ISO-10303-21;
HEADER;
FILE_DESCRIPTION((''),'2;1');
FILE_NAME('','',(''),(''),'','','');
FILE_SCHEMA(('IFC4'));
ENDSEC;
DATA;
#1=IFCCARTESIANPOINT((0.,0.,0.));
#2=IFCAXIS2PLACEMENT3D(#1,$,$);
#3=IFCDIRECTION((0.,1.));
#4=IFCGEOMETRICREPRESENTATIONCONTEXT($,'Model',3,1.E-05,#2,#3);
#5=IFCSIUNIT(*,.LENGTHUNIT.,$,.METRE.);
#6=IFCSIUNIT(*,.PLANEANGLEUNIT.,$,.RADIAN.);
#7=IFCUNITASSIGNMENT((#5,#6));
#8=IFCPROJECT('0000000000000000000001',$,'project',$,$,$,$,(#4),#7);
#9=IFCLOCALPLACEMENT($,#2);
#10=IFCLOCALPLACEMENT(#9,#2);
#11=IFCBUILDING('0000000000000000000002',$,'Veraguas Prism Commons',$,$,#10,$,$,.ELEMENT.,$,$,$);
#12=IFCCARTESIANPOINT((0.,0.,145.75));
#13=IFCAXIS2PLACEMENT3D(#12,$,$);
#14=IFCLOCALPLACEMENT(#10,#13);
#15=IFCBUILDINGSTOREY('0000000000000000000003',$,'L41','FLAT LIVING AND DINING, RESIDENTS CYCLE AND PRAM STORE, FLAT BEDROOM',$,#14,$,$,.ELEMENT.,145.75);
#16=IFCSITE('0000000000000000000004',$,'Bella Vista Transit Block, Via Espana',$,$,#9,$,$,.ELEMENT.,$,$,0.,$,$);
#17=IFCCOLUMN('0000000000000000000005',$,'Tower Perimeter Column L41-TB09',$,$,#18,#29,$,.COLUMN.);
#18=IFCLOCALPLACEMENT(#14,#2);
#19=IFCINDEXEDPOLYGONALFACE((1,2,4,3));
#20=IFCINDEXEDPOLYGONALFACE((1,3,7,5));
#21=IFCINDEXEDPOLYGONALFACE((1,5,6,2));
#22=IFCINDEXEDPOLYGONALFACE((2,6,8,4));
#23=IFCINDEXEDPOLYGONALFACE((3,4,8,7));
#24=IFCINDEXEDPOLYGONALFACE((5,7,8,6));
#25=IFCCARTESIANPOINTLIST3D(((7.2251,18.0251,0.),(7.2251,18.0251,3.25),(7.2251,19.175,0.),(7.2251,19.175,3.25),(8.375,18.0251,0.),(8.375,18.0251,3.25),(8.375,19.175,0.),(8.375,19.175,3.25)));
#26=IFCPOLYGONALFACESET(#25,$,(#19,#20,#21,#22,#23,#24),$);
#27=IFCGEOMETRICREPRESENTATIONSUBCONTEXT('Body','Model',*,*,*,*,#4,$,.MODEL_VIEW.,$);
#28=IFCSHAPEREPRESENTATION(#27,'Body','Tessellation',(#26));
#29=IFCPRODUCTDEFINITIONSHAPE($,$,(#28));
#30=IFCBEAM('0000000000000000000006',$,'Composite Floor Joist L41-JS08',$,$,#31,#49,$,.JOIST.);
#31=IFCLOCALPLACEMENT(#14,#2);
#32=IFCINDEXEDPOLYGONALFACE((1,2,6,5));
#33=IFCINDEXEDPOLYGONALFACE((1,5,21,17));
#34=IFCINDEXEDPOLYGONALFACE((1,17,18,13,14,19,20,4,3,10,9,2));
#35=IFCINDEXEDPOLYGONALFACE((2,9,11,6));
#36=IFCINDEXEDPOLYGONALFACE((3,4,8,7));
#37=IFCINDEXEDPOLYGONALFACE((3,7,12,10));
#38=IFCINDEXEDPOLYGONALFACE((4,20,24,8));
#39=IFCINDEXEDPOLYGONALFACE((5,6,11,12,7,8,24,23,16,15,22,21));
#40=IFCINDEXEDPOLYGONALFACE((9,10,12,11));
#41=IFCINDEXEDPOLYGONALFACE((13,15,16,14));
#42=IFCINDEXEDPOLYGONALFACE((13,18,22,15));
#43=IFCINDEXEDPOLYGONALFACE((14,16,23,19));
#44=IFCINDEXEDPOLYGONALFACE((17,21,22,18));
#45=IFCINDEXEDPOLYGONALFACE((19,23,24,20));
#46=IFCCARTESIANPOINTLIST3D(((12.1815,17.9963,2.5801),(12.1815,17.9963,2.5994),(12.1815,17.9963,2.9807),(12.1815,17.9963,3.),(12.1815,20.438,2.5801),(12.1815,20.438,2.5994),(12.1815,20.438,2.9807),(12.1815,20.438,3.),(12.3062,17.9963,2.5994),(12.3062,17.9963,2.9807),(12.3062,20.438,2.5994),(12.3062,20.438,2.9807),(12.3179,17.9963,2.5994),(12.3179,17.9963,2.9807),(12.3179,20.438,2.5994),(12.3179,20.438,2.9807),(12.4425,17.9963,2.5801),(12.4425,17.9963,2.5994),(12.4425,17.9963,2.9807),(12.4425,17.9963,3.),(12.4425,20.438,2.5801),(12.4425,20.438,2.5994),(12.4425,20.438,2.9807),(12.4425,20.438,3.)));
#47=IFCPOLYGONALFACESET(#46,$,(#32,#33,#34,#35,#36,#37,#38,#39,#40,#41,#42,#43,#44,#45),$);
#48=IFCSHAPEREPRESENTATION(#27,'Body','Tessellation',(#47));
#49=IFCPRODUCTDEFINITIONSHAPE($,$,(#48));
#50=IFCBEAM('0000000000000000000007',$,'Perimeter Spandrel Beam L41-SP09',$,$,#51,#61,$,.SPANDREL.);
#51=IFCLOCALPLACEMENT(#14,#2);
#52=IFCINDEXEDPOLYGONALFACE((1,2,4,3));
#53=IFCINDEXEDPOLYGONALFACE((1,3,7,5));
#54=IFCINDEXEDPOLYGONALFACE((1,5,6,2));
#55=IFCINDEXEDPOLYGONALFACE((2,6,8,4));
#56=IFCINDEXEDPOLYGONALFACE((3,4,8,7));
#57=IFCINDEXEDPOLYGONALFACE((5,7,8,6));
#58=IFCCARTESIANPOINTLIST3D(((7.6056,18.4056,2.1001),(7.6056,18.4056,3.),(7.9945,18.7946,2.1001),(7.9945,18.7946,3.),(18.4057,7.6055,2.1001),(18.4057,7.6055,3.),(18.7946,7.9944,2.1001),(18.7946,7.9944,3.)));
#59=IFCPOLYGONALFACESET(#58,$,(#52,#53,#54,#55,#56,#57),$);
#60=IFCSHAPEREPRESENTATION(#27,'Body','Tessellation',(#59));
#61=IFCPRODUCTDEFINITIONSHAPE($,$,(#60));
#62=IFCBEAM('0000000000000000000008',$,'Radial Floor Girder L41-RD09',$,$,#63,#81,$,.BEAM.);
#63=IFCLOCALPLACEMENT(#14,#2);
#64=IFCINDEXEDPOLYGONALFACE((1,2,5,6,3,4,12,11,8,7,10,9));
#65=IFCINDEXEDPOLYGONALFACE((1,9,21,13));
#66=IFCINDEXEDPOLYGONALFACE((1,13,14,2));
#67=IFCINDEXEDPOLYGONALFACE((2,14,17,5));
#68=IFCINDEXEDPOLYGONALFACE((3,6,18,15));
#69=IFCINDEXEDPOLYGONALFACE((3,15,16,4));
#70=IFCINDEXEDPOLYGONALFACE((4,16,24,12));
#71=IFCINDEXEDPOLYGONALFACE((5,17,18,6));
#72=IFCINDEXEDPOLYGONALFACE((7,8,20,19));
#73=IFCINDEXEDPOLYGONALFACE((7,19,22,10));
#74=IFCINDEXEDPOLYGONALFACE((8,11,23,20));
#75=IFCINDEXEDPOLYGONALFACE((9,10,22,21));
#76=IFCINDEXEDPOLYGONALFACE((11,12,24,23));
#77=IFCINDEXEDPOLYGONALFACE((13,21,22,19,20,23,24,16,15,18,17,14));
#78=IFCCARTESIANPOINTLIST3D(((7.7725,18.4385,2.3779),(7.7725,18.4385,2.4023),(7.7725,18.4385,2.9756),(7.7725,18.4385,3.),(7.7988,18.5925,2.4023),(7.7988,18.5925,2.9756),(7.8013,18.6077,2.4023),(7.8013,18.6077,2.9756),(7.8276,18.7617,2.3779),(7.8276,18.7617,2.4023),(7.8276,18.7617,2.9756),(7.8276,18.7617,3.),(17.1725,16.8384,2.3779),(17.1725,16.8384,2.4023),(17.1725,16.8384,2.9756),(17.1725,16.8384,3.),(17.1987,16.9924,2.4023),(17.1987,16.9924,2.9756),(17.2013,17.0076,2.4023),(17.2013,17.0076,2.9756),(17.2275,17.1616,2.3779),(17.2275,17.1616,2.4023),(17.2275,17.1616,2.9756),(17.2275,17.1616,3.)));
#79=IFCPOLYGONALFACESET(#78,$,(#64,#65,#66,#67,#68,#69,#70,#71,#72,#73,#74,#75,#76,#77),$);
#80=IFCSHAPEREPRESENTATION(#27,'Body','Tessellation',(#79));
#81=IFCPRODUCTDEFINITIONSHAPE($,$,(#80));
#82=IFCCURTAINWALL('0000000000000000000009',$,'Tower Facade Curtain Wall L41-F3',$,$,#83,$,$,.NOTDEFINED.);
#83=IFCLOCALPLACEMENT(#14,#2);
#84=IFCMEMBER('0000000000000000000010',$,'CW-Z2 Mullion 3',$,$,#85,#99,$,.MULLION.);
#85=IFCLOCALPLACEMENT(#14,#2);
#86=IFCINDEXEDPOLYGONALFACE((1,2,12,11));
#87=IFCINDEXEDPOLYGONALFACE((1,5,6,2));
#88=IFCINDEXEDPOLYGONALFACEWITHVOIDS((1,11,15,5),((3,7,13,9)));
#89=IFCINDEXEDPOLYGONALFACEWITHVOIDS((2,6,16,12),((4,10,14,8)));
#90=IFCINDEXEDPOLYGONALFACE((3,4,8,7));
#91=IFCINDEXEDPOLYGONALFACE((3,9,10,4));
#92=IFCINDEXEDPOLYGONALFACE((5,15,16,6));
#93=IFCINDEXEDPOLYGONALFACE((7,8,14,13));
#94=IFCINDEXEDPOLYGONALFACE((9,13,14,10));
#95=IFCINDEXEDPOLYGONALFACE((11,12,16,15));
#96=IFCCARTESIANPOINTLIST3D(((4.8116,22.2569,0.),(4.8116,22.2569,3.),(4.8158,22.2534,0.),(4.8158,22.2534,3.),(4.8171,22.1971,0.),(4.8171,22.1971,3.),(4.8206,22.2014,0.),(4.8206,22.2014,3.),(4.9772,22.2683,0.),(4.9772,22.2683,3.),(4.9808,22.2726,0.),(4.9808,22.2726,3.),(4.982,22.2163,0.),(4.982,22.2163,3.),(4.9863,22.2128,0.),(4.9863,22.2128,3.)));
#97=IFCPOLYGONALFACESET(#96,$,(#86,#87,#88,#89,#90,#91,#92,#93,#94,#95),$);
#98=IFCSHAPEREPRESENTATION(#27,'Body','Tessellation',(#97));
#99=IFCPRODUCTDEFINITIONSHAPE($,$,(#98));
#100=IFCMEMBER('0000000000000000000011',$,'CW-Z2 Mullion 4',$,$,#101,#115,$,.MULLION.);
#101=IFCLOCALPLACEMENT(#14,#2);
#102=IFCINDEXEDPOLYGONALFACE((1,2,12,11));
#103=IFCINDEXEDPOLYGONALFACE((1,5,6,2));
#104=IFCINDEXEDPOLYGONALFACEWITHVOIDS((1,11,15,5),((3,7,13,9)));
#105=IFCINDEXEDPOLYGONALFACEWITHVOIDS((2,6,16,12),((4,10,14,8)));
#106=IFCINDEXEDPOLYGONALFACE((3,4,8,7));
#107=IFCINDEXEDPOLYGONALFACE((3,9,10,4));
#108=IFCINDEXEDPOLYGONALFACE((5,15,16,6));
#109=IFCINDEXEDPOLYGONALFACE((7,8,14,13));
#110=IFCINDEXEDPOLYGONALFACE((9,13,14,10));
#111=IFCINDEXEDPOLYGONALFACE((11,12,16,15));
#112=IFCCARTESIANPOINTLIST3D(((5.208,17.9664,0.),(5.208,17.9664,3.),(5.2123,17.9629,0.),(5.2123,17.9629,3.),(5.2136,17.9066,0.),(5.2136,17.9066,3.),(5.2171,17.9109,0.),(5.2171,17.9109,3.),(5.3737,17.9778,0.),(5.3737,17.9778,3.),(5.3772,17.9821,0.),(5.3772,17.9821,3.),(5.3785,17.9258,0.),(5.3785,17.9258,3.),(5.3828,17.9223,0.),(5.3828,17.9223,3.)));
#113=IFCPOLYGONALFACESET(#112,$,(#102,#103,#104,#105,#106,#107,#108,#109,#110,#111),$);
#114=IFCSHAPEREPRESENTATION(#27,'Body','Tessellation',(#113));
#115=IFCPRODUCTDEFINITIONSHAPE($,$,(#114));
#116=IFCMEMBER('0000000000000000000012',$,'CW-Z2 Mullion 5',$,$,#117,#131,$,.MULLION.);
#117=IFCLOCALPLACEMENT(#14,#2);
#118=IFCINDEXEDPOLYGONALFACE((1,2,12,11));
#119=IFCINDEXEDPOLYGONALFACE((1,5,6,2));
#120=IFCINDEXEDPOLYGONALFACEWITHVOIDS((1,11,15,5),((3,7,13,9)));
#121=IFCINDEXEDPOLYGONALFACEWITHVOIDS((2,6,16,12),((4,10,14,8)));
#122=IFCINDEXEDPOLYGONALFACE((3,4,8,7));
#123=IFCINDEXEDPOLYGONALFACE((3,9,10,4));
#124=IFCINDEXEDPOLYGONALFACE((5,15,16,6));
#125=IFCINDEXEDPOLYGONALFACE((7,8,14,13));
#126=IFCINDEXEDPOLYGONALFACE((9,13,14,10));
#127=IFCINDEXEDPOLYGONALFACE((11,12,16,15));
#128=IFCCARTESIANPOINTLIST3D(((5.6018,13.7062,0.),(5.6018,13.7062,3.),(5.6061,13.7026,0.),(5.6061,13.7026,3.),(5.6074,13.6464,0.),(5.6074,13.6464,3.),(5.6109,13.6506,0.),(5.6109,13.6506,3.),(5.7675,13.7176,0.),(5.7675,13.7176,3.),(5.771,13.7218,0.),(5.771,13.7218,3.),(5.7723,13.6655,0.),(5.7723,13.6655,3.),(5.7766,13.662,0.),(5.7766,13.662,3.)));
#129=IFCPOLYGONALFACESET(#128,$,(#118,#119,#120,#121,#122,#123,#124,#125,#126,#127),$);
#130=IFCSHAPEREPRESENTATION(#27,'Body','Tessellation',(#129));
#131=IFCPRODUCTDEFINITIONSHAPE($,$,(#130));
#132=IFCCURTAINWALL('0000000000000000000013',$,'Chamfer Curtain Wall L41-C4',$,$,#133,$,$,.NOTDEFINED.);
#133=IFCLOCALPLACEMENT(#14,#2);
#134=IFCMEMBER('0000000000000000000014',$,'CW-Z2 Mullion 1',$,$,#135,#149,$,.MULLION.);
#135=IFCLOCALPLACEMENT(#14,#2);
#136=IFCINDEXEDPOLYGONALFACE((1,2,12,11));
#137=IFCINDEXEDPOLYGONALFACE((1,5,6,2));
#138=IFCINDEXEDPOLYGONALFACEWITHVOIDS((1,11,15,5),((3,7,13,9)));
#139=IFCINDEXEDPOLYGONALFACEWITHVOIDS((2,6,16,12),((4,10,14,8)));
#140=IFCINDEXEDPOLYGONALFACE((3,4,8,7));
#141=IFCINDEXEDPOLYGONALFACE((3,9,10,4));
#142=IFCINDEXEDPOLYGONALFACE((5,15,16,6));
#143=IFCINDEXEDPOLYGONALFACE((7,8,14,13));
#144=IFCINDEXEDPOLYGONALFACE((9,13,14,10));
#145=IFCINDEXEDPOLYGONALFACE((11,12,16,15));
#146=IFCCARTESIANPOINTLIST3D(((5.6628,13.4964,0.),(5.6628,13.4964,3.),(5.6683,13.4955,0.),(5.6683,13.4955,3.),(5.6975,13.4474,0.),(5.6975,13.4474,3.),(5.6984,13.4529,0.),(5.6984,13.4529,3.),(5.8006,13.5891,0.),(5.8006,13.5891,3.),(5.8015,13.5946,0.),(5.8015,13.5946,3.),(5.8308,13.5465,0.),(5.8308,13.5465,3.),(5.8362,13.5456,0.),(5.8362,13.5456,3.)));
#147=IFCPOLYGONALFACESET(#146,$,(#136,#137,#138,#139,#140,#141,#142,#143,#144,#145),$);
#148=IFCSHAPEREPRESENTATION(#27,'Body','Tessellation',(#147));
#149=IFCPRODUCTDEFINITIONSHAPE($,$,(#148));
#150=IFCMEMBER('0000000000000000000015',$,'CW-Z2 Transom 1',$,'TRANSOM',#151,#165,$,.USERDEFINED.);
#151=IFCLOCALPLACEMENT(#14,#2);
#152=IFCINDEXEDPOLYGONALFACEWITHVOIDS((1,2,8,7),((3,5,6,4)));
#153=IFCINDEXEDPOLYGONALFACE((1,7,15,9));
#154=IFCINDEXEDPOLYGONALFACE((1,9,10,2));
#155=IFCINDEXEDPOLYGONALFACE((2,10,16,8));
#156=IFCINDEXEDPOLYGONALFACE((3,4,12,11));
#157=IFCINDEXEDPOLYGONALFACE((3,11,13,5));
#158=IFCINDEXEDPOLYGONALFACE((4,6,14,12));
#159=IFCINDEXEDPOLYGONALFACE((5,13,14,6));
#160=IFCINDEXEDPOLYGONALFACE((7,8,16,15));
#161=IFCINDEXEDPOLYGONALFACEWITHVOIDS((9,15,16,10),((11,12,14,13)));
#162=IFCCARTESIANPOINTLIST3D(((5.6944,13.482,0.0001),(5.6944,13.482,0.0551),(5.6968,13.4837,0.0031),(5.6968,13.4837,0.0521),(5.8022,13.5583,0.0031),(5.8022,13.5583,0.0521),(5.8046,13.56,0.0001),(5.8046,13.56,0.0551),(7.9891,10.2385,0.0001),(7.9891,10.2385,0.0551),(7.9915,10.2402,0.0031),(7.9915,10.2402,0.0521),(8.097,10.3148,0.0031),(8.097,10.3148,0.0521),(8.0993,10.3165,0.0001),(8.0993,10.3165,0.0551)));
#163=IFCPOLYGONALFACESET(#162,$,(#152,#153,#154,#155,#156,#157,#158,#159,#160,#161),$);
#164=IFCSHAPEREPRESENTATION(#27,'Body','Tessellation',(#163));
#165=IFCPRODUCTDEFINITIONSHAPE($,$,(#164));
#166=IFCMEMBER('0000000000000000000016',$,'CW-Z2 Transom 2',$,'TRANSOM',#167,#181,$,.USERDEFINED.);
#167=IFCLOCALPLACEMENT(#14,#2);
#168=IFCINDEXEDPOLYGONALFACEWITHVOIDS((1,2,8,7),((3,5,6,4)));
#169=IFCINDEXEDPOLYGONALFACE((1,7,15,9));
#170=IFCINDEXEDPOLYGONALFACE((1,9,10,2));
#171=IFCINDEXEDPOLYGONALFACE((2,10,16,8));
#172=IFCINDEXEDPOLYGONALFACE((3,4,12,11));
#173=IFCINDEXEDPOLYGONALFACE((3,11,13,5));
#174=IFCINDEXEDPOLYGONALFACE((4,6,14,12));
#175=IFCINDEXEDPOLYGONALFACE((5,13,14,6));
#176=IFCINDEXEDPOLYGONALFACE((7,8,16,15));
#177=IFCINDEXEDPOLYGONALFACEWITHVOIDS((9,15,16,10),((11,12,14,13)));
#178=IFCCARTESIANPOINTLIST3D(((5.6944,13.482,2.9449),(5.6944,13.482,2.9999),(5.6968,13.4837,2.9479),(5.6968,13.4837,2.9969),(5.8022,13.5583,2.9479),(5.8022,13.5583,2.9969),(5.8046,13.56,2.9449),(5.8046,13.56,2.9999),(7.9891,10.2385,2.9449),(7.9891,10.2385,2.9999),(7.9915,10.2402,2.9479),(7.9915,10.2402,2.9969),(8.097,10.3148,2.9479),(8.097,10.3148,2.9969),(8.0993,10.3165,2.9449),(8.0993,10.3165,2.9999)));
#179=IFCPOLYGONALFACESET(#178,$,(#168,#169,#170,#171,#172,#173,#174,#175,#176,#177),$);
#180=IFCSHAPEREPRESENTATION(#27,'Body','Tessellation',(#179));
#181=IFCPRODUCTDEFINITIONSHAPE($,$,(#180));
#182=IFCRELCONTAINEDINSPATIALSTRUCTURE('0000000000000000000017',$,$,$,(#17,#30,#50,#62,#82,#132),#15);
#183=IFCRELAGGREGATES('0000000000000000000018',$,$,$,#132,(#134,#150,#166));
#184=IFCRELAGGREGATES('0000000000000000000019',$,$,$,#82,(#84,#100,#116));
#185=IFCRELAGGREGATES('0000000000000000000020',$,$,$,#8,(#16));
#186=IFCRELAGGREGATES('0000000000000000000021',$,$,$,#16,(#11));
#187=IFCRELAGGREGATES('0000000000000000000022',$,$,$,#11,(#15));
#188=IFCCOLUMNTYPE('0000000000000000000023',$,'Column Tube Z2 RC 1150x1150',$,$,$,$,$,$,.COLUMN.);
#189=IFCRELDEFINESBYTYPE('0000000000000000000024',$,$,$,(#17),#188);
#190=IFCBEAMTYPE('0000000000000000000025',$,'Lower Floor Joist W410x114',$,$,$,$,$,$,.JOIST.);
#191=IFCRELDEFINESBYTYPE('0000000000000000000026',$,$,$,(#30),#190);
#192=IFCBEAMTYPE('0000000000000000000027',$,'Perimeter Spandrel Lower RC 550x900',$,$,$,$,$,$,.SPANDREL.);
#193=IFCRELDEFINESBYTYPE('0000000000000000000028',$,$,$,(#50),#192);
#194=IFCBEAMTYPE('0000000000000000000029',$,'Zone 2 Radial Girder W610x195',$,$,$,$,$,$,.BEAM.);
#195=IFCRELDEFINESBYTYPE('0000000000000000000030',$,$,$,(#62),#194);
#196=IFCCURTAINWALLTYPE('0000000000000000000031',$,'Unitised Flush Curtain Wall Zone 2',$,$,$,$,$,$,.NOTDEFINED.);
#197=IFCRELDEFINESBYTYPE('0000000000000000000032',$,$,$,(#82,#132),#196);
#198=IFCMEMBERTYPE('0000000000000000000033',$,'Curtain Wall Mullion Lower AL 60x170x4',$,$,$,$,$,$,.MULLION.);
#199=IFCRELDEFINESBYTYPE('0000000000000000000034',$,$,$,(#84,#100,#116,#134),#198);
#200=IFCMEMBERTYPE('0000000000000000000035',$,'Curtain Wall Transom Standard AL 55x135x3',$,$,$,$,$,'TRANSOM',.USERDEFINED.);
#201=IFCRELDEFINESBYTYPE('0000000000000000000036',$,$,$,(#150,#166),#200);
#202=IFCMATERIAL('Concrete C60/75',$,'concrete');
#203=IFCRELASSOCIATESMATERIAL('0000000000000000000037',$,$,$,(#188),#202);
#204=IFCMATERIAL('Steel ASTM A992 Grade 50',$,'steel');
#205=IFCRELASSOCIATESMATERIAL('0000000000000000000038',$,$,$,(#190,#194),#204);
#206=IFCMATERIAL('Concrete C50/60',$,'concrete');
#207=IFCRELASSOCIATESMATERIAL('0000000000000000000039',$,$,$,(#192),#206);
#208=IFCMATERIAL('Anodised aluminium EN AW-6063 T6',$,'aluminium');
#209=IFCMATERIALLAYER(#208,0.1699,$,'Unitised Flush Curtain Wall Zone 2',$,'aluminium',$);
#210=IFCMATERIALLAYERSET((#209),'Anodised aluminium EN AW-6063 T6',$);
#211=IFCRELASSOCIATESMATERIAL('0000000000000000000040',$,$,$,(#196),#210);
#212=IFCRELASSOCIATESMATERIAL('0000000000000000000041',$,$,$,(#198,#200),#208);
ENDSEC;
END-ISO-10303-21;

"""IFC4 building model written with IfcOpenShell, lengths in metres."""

from ifc_helpers import new_model, si_unit, direction, frame, origin, origin_2d, place, context, subcontext, project, spatial, rectangle, hollow_rectangle, i_section, extrude, source, transform, mapped, material, layer, layer_set, material_profile, profile_set, type_object, element, aggregate, save


model = new_model("IFC4")

# Units and contexts
model_context = context("Model", 3, precision=1e-05, world=origin(), true_north=direction((0.0, 1.0)))
body_context = subcontext(model_context, "Body", "Model", "MODEL_VIEW")
ifc_project = project(units=[si_unit("LENGTHUNIT", "METRE"), si_unit("PLANEANGLEUNIT", "RADIAN")], contexts=[model_context])

# Site, building, storey
site_placement = place(None, origin())
site = spatial("IfcSite", under=ifc_project, at=site_placement, Name="Bella Vista Transit Block, Via Espana", CompositionType="ELEMENT", RefElevation=0.0)
building_placement = place(site_placement, origin())
building = spatial("IfcBuilding", under=site, at=building_placement, Name="Veraguas Prism Commons", CompositionType="ELEMENT")
storey_placement = place(building_placement, frame((0.0, 0.0, 145.75)))
storey = spatial("IfcBuildingStorey", under=building, at=storey_placement, Name="L41", Description="FLAT LIVING AND DINING, RESIDENTS CYCLE AND PRAM STORE, FLAT BEDROOM", CompositionType="ELEMENT", Elevation=145.75)

# Column
ifc_material_1 = material(Name="Concrete C60/75", Category="concrete")
ifc_material_profile_1 = material_profile(ifc_material_1, rectangle(XDim=1.1499, YDim=1.1499, at=origin_2d()), Name="RC1150X1150")
ifc_profile_set_1 = profile_set([ifc_material_profile_1], Name="Concrete C60/75")
column_type = type_object("IfcColumnType", Name="Column Tube Z2 RC 1150x1150", PredefinedType="COLUMN", material=ifc_profile_set_1)
column_placement = place(storey_placement, frame((7.8, 18.6001, 0.0), z_axis=(0.0, 0.0, 1.0), x_axis=(1.0, 0.0, 0.0)))
element("IfcColumn", 1, at=column_placement, inside=storey, type_object=column_type, Name="Tower Perimeter Column L41-TB09", PredefinedType="COLUMN", context=body_context, shape_type="SweptSolid", body=[
    extrude(rectangle(XDim=1.1499, YDim=1.1499, at=origin_2d()), origin(), (0.0, 0.0, 1.0), 3.25),
])

# Beams
ifc_material_2 = material(Name="Steel ASTM A992 Grade 50", Category="steel")
ifc_material_profile_2 = material_profile(ifc_material_2, i_section(OverallWidth=0.261, OverallDepth=0.4199, WebThickness=0.0117, FlangeThickness=0.0193, at=origin_2d()), Name="W410X114")
ifc_profile_set_2 = profile_set([ifc_material_profile_2], Name="Steel ASTM A992 Grade 50")
beam_type_1 = type_object("IfcBeamType", Name="Lower Floor Joist W410x114", PredefinedType="JOIST", material=ifc_profile_set_2)
beam_1_placement = place(storey_placement, frame((12.312, 20.438, 2.79), z_axis=(0.0, -1.0, 0.0), x_axis=(1.0, 0.0, 0.0)))
element("IfcBeam", 2, at=beam_1_placement, inside=storey, type_object=beam_type_1, Name="Composite Floor Joist L41-JS08", PredefinedType="JOIST", context=body_context, shape_type="SweptSolid", body=[
    extrude(i_section(OverallWidth=0.261, OverallDepth=0.4199, WebThickness=0.0117, FlangeThickness=0.0193, at=origin_2d()), origin(), (0.0, 0.0, 1.0), 2.4417),
])
ifc_material_3 = material(Name="Concrete C50/60", Category="concrete")
ifc_material_profile_3 = material_profile(ifc_material_3, rectangle(XDim=0.55, YDim=0.8999, at=origin_2d()), Name="RC550X900")
ifc_profile_set_3 = profile_set([ifc_material_profile_3], Name="Concrete C50/60")
beam_type_2 = type_object("IfcBeamType", Name="Perimeter Spandrel Lower RC 550x900", PredefinedType="SPANDREL", material=ifc_profile_set_3)
beam_2_placement = place(storey_placement, frame((7.8, 18.6001, 2.55), z_axis=(0.707107, -0.707107, 0.0), x_axis=(0.707107, 0.707107, 0.0)))
element("IfcBeam", 3, at=beam_2_placement, inside=storey, type_object=beam_type_2, Name="Perimeter Spandrel Beam L41-SP09", PredefinedType="SPANDREL", context=body_context, shape_type="SweptSolid", body=[
    extrude(rectangle(XDim=0.55, YDim=0.8999, at=origin_2d()), origin(), (0.0, 0.0, 1.0), 15.2737),
])
ifc_material_profile_4 = material_profile(ifc_material_2, i_section(OverallWidth=0.3279, OverallDepth=0.6221, WebThickness=0.0154, FlangeThickness=0.0244, at=origin_2d()), Name="W610X195")
ifc_profile_set_4 = profile_set([ifc_material_profile_4], Name="Steel ASTM A992 Grade 50")
beam_type_3 = type_object("IfcBeamType", Name="Zone 2 Radial Girder W610x195", PredefinedType="BEAM", material=ifc_profile_set_4)
beam_3_placement = place(storey_placement, frame((7.8, 18.6001, 2.689), z_axis=(0.985819, -0.167811, 0.0), x_axis=(0.167811, 0.985819, 0.0)))
element("IfcBeam", 4, at=beam_3_placement, inside=storey, type_object=beam_type_3, Name="Radial Floor Girder L41-RD09", PredefinedType="BEAM", context=body_context, shape_type="SweptSolid", body=[
    extrude(i_section(OverallWidth=0.3279, OverallDepth=0.6221, WebThickness=0.0154, FlangeThickness=0.0244, at=origin_2d()), origin(), (0.0, 0.0, 1.0), 9.5352),
])

# Curtain walls, members
ifc_material_4 = material(Name="Anodised aluminium EN AW-6063 T6", Category="aluminium")
ifc_layer_1 = layer(ifc_material_4, 0.1699, Name="Unitised Flush Curtain Wall Zone 2", Category="aluminium")
ifc_layer_set_1 = layer_set([ifc_layer_1], Name="Anodised aluminium EN AW-6063 T6")
curtain_wall_type = type_object("IfcCurtainWallType", Name="Unitised Flush Curtain Wall Zone 2", PredefinedType="NOTDEFINED", material=ifc_layer_set_1)
curtain_wall_1_placement = place(storey_placement, origin())
curtain_wall_1 = element("IfcCurtainWall", 5, at=curtain_wall_1_placement, inside=storey, type_object=curtain_wall_type, Name="Tower Facade Curtain Wall L41-F3", PredefinedType="NOTDEFINED")
ifc_material_profile_5 = material_profile(ifc_material_4, hollow_rectangle(XDim=0.0601, YDim=0.1699, WallThickness=0.0039, at=origin_2d()), Name="AL60X170X4")
ifc_profile_set_5 = profile_set([ifc_material_profile_5], Name="Anodised aluminium EN AW-6063 T6")
member_type_1 = type_object("IfcMemberType", Name="Curtain Wall Mullion Lower AL 60x170x4", PredefinedType="MULLION", material=ifc_profile_set_5)
shared_shape_1 = source(origin(), body_context, "Body", "SweptSolid", [
    extrude(hollow_rectangle(XDim=0.0601, YDim=0.1699, WallThickness=0.0039, at=origin_2d()), origin(), (0.0, 0.0, 1.0), 3.0),
])
member_1_placement = place(storey_placement, frame((4.8989, 22.2349, 0.0), z_axis=(0.0, 0.0, 1.0), x_axis=(0.092025, -0.995757, 0.0)))
member_1 = element("IfcMember", 6, at=member_1_placement, type_object=member_type_1, Name="CW-Z2 Mullion 3", PredefinedType="MULLION", context=body_context, shape_type="MappedRepresentation", body=[
    mapped(shared_shape_1, transform((0.0, 0.0, 0.0), scale=1.0)),
])
member_2_placement = place(storey_placement, frame((5.2954, 17.9443, 0.0), z_axis=(0.0, 0.0, 1.0), x_axis=(0.092025, -0.995757, 0.0)))
member_2 = element("IfcMember", 7, at=member_2_placement, type_object=member_type_1, Name="CW-Z2 Mullion 4", PredefinedType="MULLION", context=body_context, shape_type="MappedRepresentation", body=[
    mapped(shared_shape_1, transform((0.0, 0.0, 0.0), scale=1.0)),
])
member_3_placement = place(storey_placement, frame((5.6892, 13.6841, 0.0), z_axis=(0.0, 0.0, 1.0), x_axis=(0.092025, -0.995757, 0.0)))
member_3 = element("IfcMember", 8, at=member_3_placement, type_object=member_type_1, Name="CW-Z2 Mullion 5", PredefinedType="MULLION", context=body_context, shape_type="MappedRepresentation", body=[
    mapped(shared_shape_1, transform((0.0, 0.0, 0.0), scale=1.0)),
])
curtain_wall_2_placement = place(storey_placement, origin())
curtain_wall_2 = element("IfcCurtainWall", 9, at=curtain_wall_2_placement, inside=storey, type_object=curtain_wall_type, Name="Chamfer Curtain Wall L41-C4", PredefinedType="NOTDEFINED")
member_4_placement = place(storey_placement, frame((5.7495, 13.521, 0.0), z_axis=(0.0, 0.0, 1.0), x_axis=(0.577568, -0.816342, 0.0)))
member_4 = element("IfcMember", 10, at=member_4_placement, type_object=member_type_1, Name="CW-Z2 Mullion 1", PredefinedType="MULLION", context=body_context, shape_type="MappedRepresentation", body=[
    mapped(shared_shape_1, transform((0.0, 0.0, 0.0), scale=1.0)),
])
ifc_material_profile_6 = material_profile(ifc_material_4, hollow_rectangle(XDim=0.0549, YDim=0.135, WallThickness=0.0029, at=origin_2d()), Name="AL55X135X3")
ifc_profile_set_6 = profile_set([ifc_material_profile_6], Name="Anodised aluminium EN AW-6063 T6")
member_type_2 = type_object("IfcMemberType", Name="Curtain Wall Transom Standard AL 55x135x3", ElementType="TRANSOM", PredefinedType="USERDEFINED", material=ifc_profile_set_6)
shared_shape_2 = source(origin(), body_context, "Body", "SweptSolid", [
    extrude(hollow_rectangle(XDim=0.0549, YDim=0.135, WallThickness=0.0029, at=origin_2d()), origin(), (0.0, 0.0, 1.0), 3.9731),
])
member_5_placement = place(storey_placement, frame((5.7495, 13.521, 0.0276), z_axis=(0.577559, -0.816349, 0.0), x_axis=(0.0, 0.0, 1.0)))
member_5 = element("IfcMember", 11, at=member_5_placement, type_object=member_type_2, Name="CW-Z2 Transom 1", ObjectType="TRANSOM", PredefinedType="USERDEFINED", context=body_context, shape_type="MappedRepresentation", body=[
    mapped(shared_shape_2, transform((0.0, 0.0, 0.0), scale=1.0)),
])
member_6_placement = place(storey_placement, frame((5.7495, 13.521, 2.9724), z_axis=(0.577559, -0.816349, 0.0), x_axis=(0.0, 0.0, 1.0)))
member_6 = element("IfcMember", 12, at=member_6_placement, type_object=member_type_2, Name="CW-Z2 Transom 2", ObjectType="TRANSOM", PredefinedType="USERDEFINED", context=body_context, shape_type="MappedRepresentation", body=[
    mapped(shared_shape_2, transform((0.0, 0.0, 0.0), scale=1.0)),
])
aggregate(curtain_wall_2, [member_4, member_5, member_6])

aggregate(curtain_wall_1, [member_1, member_2, member_3])

save(model, "model.ifc")
